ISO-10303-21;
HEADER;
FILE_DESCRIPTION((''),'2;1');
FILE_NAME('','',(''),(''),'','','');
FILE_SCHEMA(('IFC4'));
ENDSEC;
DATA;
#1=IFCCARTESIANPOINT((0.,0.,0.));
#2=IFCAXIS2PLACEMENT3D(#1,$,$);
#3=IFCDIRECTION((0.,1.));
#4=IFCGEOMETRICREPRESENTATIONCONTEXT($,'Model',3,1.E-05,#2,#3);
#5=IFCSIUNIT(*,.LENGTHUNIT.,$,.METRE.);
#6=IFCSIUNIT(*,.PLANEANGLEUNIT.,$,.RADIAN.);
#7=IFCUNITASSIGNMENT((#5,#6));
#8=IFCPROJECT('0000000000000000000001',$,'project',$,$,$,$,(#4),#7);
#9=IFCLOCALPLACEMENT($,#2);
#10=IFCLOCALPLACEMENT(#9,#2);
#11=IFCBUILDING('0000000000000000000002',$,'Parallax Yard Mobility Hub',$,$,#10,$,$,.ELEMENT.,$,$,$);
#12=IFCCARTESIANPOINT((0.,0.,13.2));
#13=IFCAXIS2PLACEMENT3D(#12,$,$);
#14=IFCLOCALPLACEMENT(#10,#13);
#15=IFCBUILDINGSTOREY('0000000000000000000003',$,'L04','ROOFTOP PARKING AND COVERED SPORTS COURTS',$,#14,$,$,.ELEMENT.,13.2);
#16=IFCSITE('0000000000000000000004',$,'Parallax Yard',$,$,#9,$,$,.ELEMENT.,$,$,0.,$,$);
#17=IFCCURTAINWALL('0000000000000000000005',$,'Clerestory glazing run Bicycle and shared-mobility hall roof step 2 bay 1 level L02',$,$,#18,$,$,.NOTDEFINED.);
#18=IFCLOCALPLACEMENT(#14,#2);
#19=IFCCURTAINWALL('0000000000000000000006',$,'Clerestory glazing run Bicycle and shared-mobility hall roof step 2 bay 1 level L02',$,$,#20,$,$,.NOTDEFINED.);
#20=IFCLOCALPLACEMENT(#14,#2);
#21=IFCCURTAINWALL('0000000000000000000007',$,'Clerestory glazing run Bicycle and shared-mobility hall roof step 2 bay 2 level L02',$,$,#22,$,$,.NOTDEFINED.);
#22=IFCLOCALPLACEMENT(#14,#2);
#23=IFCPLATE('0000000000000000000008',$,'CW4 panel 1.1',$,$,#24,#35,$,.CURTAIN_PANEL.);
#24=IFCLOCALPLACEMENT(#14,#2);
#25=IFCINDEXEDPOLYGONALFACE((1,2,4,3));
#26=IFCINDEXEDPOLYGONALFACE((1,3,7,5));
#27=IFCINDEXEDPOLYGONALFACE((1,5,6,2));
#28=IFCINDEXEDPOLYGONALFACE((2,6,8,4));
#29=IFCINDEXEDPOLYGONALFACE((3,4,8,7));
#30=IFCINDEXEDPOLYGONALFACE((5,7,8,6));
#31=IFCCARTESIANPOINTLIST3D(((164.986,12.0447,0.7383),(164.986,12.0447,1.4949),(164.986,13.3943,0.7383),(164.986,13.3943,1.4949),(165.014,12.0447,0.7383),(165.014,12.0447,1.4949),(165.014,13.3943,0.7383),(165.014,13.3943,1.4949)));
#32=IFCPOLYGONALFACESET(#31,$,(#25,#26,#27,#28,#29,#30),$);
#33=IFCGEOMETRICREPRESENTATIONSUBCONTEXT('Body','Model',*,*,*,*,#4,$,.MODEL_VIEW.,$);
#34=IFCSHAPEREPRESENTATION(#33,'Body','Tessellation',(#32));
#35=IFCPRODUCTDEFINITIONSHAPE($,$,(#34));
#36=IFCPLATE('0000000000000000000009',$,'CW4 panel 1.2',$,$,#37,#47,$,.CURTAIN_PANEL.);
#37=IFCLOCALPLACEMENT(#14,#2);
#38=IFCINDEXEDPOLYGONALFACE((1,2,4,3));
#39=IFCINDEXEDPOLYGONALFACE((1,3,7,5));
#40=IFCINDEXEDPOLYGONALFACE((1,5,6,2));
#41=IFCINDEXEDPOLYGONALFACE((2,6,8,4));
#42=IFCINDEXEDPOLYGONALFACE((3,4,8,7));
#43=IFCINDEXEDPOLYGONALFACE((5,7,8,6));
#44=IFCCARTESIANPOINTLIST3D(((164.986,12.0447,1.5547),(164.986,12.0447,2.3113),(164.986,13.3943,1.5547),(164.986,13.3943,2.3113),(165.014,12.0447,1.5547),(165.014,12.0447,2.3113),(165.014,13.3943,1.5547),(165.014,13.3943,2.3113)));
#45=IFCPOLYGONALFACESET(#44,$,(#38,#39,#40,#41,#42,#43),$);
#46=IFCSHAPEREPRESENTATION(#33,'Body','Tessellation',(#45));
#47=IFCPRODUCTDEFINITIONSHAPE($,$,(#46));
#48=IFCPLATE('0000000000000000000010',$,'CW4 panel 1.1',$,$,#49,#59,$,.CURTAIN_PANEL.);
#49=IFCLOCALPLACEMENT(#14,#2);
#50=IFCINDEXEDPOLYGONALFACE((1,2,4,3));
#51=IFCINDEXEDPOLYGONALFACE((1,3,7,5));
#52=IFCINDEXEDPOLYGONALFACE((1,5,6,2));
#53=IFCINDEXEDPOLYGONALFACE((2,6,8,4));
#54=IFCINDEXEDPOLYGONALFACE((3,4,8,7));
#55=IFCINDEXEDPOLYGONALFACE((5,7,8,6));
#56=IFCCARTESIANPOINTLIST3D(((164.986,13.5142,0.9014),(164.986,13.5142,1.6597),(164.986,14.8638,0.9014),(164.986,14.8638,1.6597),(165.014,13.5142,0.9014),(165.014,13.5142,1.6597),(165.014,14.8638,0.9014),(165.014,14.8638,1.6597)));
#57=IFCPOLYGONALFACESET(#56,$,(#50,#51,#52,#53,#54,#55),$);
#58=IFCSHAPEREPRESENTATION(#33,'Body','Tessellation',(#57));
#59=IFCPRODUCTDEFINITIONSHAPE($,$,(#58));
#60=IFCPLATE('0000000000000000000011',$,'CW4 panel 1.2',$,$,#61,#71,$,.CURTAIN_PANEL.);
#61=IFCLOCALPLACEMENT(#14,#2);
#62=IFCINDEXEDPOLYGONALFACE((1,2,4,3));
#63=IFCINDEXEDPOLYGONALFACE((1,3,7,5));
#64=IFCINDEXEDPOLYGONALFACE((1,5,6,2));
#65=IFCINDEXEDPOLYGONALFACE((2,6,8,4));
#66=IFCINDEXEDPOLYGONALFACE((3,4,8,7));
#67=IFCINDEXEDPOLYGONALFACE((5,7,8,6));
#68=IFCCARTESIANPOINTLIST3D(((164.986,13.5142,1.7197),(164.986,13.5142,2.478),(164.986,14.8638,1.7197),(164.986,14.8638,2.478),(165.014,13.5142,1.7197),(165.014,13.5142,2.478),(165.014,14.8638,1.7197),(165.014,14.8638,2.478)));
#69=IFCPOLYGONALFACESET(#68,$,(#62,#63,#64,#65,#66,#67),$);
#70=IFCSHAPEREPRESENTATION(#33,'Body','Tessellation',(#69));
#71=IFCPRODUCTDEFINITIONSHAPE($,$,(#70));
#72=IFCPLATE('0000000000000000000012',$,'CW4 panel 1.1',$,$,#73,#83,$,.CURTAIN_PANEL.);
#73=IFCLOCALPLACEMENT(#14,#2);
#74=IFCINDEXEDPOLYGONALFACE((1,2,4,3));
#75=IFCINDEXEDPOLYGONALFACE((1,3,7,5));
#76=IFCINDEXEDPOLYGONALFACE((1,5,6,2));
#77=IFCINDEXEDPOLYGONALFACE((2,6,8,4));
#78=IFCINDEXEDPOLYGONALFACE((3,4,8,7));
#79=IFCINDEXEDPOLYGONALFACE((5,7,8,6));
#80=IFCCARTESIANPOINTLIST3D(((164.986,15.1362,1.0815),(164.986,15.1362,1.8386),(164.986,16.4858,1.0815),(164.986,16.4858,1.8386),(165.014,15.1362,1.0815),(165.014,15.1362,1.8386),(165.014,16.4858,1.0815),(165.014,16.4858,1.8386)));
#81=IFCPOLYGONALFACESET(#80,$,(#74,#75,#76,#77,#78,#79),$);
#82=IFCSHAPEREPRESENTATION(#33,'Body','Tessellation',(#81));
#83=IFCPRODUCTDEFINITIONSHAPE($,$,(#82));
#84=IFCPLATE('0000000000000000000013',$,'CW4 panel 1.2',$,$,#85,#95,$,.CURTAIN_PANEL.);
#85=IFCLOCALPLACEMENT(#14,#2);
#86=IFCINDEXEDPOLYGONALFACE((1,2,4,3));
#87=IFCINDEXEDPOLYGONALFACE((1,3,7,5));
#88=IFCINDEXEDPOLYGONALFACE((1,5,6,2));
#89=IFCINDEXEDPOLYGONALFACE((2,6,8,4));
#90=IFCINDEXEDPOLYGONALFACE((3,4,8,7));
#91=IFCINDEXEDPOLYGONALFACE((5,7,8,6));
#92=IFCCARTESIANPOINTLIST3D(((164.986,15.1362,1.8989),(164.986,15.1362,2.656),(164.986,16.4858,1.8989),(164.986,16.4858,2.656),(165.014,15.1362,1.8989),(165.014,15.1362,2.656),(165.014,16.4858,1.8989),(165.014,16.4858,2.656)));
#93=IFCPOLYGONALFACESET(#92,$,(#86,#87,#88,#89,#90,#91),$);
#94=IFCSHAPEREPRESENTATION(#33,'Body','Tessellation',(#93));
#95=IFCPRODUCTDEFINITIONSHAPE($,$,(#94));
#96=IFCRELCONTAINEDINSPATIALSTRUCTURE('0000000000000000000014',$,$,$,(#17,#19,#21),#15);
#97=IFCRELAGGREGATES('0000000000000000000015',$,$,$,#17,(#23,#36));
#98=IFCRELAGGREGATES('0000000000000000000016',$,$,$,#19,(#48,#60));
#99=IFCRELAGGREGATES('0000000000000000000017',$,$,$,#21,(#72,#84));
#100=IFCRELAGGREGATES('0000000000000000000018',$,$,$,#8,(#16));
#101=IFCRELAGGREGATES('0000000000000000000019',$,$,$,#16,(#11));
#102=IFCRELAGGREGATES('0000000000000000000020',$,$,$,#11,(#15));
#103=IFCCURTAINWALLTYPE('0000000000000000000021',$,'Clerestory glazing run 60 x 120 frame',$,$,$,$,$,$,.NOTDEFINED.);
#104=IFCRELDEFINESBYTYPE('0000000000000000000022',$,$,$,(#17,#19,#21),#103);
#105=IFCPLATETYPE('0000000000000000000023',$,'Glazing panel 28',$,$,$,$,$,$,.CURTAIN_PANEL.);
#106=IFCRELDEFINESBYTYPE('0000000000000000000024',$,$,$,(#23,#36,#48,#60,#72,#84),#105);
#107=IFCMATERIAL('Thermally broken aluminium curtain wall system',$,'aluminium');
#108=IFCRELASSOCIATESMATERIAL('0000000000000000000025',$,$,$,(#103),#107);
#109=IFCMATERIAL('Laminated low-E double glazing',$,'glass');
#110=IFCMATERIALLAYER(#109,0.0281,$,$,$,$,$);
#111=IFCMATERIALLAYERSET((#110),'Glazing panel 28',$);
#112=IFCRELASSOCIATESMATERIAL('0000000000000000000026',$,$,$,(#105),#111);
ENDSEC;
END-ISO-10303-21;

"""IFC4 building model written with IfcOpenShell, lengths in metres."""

from ifc_helpers import new_model, si_unit, direction, frame, origin, origin_2d, place, context, subcontext, project, spatial, rectangle, extrude, material, layer, layer_set, type_object, element, aggregate, save


model = new_model("IFC4")

# Units and contexts
model_context = context("Model", 3, precision=1e-05, world=origin(), true_north=direction((0.0, 1.0)))
body_context = subcontext(model_context, "Body", "Model", "MODEL_VIEW")
ifc_project = project(units=[si_unit("LENGTHUNIT", "METRE"), si_unit("PLANEANGLEUNIT", "RADIAN")], contexts=[model_context])

# Site, building, storey
site_placement = place(None, origin())
site = spatial("IfcSite", under=ifc_project, at=site_placement, Name="Parallax Yard", CompositionType="ELEMENT", RefElevation=0.0)
building_placement = place(site_placement, origin())
building = spatial("IfcBuilding", under=site, at=building_placement, Name="Parallax Yard Mobility Hub", CompositionType="ELEMENT")
storey_placement = place(building_placement, frame((0.0, 0.0, 13.2)))
storey = spatial("IfcBuildingStorey", under=building, at=storey_placement, Name="L04", Description="ROOFTOP PARKING AND COVERED SPORTS COURTS", CompositionType="ELEMENT", Elevation=13.2)

# Curtain wall
ifc_material_1 = material(Name="Thermally broken aluminium curtain wall system", Category="aluminium")
curtain_wall_type = type_object("IfcCurtainWallType", Name="Clerestory glazing run 60 x 120 frame", PredefinedType="NOTDEFINED", material=ifc_material_1)
curtain_wall_1_placement = place(storey_placement, origin())
curtain_wall_1 = element("IfcCurtainWall", 1, at=curtain_wall_1_placement, inside=storey, type_object=curtain_wall_type, Name="Clerestory glazing run Bicycle and shared-mobility hall roof step 2 bay 1 level L02", PredefinedType="NOTDEFINED")

# Curtain walls
curtain_wall_2_placement = place(storey_placement, origin())
curtain_wall_2 = element("IfcCurtainWall", 2, at=curtain_wall_2_placement, inside=storey, type_object=curtain_wall_type, Name="Clerestory glazing run Bicycle and shared-mobility hall roof step 2 bay 1 level L02", PredefinedType="NOTDEFINED")
curtain_wall_3_placement = place(storey_placement, origin())
curtain_wall_3 = element("IfcCurtainWall", 3, at=curtain_wall_3_placement, inside=storey, type_object=curtain_wall_type, Name="Clerestory glazing run Bicycle and shared-mobility hall roof step 2 bay 2 level L02", PredefinedType="NOTDEFINED")

# Plates
ifc_material_2 = material(Name="Laminated low-E double glazing", Category="glass")
ifc_layer = layer(ifc_material_2, 0.0281)
ifc_layer_set = layer_set([ifc_layer], Name="Glazing panel 28")
plate_type = type_object("IfcPlateType", Name="Glazing panel 28", PredefinedType="CURTAIN_PANEL", material=ifc_layer_set)
plate_1_placement = place(storey_placement, frame((165.0, 12.7195, 0.7383), z_axis=(0.0, 0.0, 1.0), x_axis=(0.0, 1.0, 0.0)))
plate_1 = element("IfcPlate", 4, at=plate_1_placement, type_object=plate_type, Name="CW4 panel 1.1", PredefinedType="CURTAIN_PANEL", context=body_context, shape_type="SweptSolid", body=[
    extrude(rectangle(XDim=1.3496, YDim=0.0281, at=origin_2d()), origin(), (0.0, 0.0, 1.0), 0.7566),
])
plate_2_placement = place(storey_placement, frame((165.0, 12.7195, 1.5547), z_axis=(0.0, 0.0, 1.0), x_axis=(0.0, 1.0, 0.0)))
plate_2 = element("IfcPlate", 5, at=plate_2_placement, type_object=plate_type, Name="CW4 panel 1.2", PredefinedType="CURTAIN_PANEL", context=body_context, shape_type="SweptSolid", body=[
    extrude(rectangle(XDim=1.3496, YDim=0.0281, at=origin_2d()), origin(), (0.0, 0.0, 1.0), 0.7566),
])
aggregate(curtain_wall_1, [plate_1, plate_2])
plate_3_placement = place(storey_placement, frame((165.0, 14.189, 0.9014), z_axis=(0.0, 0.0, 1.0), x_axis=(0.0, 1.0, 0.0)))
plate_3 = element("IfcPlate", 6, at=plate_3_placement, type_object=plate_type, Name="CW4 panel 1.1", PredefinedType="CURTAIN_PANEL", context=body_context, shape_type="SweptSolid", body=[
    extrude(rectangle(XDim=1.3496, YDim=0.0281, at=origin_2d()), origin(), (0.0, 0.0, 1.0), 0.7583),
])
plate_4_placement = place(storey_placement, frame((165.0, 14.189, 1.7197), z_axis=(0.0, 0.0, 1.0), x_axis=(0.0, 1.0, 0.0)))
plate_4 = element("IfcPlate", 7, at=plate_4_placement, type_object=plate_type, Name="CW4 panel 1.2", PredefinedType="CURTAIN_PANEL", context=body_context, shape_type="SweptSolid", body=[
    extrude(rectangle(XDim=1.3496, YDim=0.0281, at=origin_2d()), origin(), (0.0, 0.0, 1.0), 0.7583),
])
aggregate(curtain_wall_2, [plate_3, plate_4])
plate_5_placement = place(storey_placement, frame((165.0, 15.811, 1.0815), z_axis=(0.0, 0.0, 1.0), x_axis=(0.0, 1.0, 0.0)))
plate_5 = element("IfcPlate", 8, at=plate_5_placement, type_object=plate_type, Name="CW4 panel 1.1", PredefinedType="CURTAIN_PANEL", context=body_context, shape_type="SweptSolid", body=[
    extrude(rectangle(XDim=1.3496, YDim=0.0281, at=origin_2d()), origin(), (0.0, 0.0, 1.0), 0.7571),
])
plate_6_placement = place(storey_placement, frame((165.0, 15.811, 1.8989), z_axis=(0.0, 0.0, 1.0), x_axis=(0.0, 1.0, 0.0)))
plate_6 = element("IfcPlate", 9, at=plate_6_placement, type_object=plate_type, Name="CW4 panel 1.2", PredefinedType="CURTAIN_PANEL", context=body_context, shape_type="SweptSolid", body=[
    extrude(rectangle(XDim=1.3496, YDim=0.0281, at=origin_2d()), origin(), (0.0, 0.0, 1.0), 0.7571),
])
aggregate(curtain_wall_3, [plate_5, plate_6])

save(model, "model.ifc")
